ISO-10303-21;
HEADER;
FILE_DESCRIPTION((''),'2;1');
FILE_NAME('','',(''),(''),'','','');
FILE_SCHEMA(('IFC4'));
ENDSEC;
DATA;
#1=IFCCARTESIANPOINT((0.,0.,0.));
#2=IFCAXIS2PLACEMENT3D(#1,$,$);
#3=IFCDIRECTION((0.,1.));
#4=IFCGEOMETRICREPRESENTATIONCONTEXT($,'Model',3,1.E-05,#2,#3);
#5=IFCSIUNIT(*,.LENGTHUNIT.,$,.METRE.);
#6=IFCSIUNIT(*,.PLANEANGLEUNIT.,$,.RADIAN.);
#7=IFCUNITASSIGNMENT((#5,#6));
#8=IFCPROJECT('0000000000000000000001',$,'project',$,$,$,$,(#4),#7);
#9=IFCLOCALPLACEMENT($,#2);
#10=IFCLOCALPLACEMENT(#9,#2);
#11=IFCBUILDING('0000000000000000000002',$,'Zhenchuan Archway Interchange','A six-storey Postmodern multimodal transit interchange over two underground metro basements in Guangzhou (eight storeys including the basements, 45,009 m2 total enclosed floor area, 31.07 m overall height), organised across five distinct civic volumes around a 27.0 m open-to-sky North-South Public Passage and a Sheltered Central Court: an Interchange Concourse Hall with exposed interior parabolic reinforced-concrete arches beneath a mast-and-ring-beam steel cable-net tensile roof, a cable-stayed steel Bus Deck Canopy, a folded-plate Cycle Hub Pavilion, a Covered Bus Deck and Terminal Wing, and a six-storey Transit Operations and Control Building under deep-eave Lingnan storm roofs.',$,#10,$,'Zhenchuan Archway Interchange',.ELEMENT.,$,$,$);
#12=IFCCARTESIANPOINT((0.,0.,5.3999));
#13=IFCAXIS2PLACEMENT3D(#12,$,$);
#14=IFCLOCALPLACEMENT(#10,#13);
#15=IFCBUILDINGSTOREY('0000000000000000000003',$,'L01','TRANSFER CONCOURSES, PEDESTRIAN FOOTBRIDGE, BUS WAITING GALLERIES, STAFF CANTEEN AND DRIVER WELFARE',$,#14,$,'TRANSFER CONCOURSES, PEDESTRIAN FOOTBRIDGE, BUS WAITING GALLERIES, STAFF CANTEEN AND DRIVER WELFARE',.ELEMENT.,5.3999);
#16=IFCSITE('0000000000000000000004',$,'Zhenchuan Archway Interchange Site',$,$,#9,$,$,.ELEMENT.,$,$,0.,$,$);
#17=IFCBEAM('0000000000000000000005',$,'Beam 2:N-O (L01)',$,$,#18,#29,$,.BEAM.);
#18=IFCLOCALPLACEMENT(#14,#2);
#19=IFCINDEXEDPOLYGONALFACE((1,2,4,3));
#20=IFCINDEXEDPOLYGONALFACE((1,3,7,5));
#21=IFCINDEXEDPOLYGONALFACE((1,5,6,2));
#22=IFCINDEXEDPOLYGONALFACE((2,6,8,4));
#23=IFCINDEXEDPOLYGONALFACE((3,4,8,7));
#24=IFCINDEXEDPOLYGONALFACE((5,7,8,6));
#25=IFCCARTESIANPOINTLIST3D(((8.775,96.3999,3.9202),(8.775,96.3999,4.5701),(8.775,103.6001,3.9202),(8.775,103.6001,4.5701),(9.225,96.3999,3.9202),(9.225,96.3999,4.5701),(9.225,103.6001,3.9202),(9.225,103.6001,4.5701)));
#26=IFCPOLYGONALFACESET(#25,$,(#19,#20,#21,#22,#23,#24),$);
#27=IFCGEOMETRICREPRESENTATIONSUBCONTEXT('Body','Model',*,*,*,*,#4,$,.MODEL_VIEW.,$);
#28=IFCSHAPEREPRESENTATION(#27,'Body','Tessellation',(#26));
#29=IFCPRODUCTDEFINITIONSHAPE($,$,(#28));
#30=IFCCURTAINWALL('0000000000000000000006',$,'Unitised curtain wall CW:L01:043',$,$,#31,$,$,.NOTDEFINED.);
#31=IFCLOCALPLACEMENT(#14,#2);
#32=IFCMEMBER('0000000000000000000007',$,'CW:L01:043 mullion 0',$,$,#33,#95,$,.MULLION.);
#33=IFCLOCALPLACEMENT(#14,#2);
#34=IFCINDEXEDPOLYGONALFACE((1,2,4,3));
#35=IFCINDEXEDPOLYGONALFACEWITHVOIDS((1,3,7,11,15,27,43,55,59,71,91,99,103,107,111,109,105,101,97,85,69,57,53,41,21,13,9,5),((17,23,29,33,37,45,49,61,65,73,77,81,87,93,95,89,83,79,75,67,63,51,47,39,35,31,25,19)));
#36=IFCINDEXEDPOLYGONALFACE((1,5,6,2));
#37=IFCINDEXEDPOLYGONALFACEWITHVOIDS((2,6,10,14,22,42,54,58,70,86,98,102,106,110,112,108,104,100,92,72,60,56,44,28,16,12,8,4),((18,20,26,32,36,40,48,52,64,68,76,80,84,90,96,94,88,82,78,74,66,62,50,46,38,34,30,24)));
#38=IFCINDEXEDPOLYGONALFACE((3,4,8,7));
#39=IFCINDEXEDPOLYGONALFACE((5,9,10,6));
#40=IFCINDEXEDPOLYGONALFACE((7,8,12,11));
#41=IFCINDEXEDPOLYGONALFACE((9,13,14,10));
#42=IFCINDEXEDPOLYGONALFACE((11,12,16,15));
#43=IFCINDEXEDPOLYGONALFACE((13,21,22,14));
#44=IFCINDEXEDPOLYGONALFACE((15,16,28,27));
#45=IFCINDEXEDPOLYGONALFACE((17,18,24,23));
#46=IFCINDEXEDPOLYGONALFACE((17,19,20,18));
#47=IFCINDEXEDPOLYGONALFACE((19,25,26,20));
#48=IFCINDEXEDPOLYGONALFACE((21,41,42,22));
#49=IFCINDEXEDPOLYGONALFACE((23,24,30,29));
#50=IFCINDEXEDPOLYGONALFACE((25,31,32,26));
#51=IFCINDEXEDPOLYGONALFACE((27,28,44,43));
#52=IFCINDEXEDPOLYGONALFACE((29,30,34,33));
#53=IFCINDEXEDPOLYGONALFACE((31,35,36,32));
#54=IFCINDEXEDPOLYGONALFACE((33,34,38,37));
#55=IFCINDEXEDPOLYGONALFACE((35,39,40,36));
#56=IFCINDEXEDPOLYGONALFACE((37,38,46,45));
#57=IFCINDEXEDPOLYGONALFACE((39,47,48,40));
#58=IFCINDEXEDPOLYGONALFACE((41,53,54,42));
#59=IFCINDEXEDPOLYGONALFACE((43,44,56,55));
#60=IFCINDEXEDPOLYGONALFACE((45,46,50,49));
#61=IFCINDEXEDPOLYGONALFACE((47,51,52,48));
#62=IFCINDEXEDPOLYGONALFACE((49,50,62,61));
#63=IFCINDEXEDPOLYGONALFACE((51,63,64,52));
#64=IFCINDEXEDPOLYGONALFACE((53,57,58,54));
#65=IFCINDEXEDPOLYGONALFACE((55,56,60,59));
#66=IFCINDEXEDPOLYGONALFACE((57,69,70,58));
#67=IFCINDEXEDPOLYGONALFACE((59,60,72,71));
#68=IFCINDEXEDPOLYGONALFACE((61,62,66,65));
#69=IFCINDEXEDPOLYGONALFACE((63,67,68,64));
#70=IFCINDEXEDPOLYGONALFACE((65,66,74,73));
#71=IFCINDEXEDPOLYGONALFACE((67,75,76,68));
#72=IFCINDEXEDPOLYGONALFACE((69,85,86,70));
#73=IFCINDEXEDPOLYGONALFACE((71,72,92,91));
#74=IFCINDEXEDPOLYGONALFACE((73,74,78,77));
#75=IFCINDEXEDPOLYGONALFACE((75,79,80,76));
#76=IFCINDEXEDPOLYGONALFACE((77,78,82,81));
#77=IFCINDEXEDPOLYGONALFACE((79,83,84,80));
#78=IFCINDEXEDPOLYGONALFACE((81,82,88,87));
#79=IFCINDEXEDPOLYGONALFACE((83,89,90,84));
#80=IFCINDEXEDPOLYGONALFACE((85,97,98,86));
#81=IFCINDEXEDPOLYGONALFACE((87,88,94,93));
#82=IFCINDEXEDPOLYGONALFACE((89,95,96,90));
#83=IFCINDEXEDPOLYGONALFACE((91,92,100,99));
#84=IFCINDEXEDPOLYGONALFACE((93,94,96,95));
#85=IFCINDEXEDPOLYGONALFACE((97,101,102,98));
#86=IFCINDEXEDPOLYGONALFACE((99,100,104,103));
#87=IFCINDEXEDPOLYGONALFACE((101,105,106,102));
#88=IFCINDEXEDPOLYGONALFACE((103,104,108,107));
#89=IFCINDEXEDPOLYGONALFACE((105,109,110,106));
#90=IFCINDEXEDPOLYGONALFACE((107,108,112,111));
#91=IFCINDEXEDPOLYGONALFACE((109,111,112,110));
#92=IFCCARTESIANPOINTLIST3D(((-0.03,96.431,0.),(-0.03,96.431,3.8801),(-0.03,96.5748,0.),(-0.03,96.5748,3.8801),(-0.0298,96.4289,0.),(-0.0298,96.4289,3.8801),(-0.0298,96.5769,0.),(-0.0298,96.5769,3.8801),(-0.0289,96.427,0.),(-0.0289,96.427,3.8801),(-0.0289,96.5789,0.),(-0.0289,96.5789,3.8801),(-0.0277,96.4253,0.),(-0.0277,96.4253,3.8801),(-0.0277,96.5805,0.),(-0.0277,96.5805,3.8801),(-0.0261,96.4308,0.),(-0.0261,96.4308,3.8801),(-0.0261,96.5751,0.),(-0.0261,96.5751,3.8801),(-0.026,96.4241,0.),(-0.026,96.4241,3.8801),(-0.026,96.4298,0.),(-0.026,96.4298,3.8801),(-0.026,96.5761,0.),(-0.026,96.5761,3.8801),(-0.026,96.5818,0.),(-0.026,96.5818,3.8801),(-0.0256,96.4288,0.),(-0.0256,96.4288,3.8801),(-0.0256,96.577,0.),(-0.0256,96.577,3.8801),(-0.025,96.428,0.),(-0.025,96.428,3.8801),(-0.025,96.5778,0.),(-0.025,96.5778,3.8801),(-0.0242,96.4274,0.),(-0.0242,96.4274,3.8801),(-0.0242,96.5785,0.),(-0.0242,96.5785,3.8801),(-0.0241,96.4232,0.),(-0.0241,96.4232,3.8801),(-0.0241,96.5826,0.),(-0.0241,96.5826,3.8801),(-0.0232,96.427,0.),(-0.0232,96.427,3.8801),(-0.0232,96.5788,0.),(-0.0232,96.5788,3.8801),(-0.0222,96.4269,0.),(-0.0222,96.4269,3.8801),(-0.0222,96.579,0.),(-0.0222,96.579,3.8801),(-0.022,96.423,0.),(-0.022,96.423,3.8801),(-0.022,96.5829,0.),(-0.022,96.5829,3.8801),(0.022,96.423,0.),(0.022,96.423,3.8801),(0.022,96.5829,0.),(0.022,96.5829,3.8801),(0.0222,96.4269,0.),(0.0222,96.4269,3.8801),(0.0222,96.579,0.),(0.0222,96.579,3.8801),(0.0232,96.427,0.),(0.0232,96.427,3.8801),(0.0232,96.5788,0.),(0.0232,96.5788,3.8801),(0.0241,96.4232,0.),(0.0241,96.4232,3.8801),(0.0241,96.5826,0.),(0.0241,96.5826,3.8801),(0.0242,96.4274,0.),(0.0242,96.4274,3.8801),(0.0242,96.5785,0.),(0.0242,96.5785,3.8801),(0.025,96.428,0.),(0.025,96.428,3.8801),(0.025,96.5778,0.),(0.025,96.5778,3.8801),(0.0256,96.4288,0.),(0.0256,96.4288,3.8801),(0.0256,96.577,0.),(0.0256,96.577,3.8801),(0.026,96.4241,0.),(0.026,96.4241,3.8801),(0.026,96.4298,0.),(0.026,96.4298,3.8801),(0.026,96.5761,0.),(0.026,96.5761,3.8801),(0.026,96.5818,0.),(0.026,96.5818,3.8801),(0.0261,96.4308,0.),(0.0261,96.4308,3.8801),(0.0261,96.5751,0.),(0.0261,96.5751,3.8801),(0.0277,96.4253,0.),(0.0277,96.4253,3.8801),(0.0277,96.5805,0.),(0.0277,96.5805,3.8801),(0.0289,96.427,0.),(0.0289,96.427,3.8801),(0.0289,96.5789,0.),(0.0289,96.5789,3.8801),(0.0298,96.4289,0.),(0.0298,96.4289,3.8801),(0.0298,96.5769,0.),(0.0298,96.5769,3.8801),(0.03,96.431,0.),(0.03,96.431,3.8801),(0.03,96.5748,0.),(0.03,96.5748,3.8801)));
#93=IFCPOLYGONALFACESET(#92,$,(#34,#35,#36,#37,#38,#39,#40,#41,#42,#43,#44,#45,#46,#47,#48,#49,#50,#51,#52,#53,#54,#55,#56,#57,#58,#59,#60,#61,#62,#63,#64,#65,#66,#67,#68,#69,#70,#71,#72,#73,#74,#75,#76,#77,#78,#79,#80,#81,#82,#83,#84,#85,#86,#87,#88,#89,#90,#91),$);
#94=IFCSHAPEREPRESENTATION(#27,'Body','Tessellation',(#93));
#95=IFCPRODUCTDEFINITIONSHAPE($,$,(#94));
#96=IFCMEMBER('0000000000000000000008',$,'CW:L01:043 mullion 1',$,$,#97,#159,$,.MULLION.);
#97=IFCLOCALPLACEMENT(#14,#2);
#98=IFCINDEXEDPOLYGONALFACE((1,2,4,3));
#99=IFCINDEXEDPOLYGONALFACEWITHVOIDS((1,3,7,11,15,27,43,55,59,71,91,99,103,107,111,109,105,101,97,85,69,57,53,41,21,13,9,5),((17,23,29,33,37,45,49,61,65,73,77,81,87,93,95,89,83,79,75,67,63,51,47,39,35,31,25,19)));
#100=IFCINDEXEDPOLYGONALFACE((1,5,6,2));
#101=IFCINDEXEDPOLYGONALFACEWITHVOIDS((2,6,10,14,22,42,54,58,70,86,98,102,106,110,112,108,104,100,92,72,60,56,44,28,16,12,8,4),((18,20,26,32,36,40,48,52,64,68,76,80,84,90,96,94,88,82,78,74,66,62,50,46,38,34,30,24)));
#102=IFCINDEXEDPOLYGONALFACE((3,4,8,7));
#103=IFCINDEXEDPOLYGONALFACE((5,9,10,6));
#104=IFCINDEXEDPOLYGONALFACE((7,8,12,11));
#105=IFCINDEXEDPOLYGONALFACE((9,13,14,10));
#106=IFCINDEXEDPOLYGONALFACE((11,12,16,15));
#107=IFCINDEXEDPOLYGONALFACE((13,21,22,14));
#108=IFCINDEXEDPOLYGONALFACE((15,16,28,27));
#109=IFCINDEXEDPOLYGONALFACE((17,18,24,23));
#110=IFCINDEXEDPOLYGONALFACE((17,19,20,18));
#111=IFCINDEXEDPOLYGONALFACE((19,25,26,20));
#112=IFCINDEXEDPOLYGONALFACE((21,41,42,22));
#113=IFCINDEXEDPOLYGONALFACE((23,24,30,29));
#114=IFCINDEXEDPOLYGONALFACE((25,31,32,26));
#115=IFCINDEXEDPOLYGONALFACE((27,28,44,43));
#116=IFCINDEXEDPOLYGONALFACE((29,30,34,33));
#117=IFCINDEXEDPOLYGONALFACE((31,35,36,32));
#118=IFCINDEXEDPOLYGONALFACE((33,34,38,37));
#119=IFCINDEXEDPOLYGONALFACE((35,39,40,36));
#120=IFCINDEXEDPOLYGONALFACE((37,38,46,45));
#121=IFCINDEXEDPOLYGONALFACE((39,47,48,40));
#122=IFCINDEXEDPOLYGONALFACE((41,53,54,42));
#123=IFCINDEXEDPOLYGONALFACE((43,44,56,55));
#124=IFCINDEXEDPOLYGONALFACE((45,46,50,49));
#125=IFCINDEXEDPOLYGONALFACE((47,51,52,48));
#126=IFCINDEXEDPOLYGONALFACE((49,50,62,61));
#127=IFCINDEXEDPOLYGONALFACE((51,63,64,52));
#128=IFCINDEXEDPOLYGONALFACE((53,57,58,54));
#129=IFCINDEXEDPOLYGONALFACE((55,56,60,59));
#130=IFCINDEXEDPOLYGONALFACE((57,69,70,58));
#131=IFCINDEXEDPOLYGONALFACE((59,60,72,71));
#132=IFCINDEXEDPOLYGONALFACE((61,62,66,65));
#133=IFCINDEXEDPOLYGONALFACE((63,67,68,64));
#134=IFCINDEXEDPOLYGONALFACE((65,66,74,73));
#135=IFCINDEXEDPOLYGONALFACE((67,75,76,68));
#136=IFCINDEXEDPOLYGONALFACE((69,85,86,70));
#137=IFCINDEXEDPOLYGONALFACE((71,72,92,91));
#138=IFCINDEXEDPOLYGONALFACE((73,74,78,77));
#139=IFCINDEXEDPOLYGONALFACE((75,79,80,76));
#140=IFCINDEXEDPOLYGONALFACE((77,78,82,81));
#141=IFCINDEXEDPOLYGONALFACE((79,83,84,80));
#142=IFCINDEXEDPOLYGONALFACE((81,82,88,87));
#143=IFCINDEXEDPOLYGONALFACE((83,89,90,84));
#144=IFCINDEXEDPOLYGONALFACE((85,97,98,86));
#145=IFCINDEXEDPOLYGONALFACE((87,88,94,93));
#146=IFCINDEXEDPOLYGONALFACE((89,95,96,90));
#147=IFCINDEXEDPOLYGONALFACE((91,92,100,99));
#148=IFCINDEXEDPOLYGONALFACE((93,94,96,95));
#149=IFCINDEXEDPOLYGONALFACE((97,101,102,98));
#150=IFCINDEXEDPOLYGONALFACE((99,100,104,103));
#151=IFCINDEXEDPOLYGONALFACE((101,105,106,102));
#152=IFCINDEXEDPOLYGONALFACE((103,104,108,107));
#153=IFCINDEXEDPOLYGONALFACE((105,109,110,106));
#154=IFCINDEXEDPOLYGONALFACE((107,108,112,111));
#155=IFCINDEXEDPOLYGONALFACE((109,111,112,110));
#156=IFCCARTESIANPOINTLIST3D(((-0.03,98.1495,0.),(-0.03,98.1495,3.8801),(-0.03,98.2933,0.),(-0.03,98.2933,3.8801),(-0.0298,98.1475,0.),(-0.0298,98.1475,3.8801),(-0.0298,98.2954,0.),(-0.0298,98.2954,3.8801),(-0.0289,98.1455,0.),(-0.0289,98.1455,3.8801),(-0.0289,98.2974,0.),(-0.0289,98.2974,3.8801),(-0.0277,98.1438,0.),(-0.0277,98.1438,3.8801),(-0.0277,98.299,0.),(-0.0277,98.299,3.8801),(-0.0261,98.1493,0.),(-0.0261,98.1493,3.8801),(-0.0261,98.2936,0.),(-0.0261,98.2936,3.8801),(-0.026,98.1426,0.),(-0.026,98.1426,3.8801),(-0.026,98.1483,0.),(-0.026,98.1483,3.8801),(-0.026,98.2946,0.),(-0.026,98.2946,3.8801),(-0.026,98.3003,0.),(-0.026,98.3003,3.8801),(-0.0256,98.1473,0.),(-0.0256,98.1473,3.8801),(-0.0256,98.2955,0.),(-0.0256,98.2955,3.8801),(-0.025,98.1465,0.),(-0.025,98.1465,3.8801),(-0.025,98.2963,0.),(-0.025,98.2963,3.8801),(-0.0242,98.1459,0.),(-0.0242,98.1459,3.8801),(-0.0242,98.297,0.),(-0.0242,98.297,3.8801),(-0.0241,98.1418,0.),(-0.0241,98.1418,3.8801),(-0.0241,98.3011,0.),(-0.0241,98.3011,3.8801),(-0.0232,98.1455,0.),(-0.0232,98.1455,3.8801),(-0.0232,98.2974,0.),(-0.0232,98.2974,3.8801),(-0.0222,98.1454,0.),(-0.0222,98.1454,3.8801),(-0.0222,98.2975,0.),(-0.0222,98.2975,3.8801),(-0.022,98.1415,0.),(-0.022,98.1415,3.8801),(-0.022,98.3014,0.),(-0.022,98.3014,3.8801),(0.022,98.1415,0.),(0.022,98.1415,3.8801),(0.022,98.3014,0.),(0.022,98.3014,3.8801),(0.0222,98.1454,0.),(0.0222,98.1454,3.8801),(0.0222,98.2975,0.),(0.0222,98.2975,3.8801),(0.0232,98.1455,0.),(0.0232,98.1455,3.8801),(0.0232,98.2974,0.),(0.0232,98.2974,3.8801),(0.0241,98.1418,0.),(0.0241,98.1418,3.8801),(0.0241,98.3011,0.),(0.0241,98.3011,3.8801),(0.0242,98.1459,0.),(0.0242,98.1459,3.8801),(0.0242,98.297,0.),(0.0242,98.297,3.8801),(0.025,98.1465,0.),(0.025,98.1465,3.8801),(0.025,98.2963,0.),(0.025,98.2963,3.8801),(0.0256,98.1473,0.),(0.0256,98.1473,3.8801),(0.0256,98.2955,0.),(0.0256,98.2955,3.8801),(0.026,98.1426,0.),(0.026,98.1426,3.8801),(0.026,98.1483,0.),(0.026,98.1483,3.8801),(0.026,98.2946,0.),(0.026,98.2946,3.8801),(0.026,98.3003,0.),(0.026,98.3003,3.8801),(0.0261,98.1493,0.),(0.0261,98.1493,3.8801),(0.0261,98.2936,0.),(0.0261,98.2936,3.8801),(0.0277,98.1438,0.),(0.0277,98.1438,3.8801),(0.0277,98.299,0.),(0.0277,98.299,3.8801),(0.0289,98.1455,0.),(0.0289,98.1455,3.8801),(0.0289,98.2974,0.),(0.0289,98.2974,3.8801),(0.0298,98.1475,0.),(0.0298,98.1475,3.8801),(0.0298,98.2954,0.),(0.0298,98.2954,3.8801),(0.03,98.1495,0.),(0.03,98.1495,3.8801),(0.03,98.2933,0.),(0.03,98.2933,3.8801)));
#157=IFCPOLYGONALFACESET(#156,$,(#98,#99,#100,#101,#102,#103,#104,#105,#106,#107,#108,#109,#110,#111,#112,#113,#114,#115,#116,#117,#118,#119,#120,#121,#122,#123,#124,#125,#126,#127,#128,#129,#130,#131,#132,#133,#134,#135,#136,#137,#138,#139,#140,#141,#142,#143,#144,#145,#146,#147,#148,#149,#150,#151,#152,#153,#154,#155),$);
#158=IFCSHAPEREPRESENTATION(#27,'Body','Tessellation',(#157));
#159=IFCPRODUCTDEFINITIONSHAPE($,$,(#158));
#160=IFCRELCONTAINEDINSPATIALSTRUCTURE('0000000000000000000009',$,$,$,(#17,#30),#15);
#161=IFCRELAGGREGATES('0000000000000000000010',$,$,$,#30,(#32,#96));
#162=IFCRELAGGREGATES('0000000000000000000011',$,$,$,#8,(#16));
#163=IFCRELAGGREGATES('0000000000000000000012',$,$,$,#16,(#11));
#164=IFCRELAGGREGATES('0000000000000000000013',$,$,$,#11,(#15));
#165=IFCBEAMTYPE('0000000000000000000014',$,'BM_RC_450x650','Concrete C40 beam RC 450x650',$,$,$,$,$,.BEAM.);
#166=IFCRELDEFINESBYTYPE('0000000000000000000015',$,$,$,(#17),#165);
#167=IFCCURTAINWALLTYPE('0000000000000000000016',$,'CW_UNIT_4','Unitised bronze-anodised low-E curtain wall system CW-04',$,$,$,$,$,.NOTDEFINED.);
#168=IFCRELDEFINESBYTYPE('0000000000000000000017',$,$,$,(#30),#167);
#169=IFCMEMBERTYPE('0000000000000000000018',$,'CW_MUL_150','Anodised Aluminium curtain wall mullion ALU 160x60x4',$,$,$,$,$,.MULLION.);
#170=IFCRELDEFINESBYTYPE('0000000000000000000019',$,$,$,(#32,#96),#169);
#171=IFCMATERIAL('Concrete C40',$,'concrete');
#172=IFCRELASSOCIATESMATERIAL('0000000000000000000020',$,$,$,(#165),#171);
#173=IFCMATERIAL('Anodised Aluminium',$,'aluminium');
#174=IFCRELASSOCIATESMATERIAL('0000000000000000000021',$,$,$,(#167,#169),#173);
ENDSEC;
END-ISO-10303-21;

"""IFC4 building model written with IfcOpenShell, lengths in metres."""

from ifc_helpers import new_model, si_unit, direction, frame, origin, origin_2d, place, context, subcontext, project, spatial, rectangle, hollow_rectangle, extrude, material, material_profile, profile_set, type_object, element, aggregate, save


model = new_model("IFC4")

# Units and contexts
model_context = context("Model", 3, precision=1e-05, world=origin(), true_north=direction((0.0, 1.0)))
body_context = subcontext(model_context, "Body", "Model", "MODEL_VIEW")
ifc_project = project(units=[si_unit("LENGTHUNIT", "METRE"), si_unit("PLANEANGLEUNIT", "RADIAN")], contexts=[model_context])

# Site, building, storey
site_placement = place(None, origin())
site = spatial("IfcSite", under=ifc_project, at=site_placement, Name="Zhenchuan Archway Interchange Site", CompositionType="ELEMENT", RefElevation=0.0)
building_placement = place(site_placement, origin())
building = spatial("IfcBuilding", under=site, at=building_placement, Name="Zhenchuan Archway Interchange", Description="A six-storey Postmodern multimodal transit interchange over two underground metro basements in Guangzhou (eight storeys including the basements, 45,009 m2 total enclosed floor area, 31.07 m overall height), organised across five distinct civic volumes around a 27.0 m open-to-sky North-South Public Passage and a Sheltered Central Court: an Interchange Concourse Hall with exposed interior parabolic reinforced-concrete arches beneath a mast-and-ring-beam steel cable-net tensile roof, a cable-stayed steel Bus Deck Canopy, a folded-plate Cycle Hub Pavilion, a Covered Bus Deck and Terminal Wing, and a six-storey Transit Operations and Control Building under deep-eave Lingnan storm roofs.", LongName="Zhenchuan Archway Interchange", CompositionType="ELEMENT")
storey_placement = place(building_placement, frame((0.0, 0.0, 5.3999)))
storey = spatial("IfcBuildingStorey", under=building, at=storey_placement, Name="L01", Description="TRANSFER CONCOURSES, PEDESTRIAN FOOTBRIDGE, BUS WAITING GALLERIES, STAFF CANTEEN AND DRIVER WELFARE", LongName="TRANSFER CONCOURSES, PEDESTRIAN FOOTBRIDGE, BUS WAITING GALLERIES, STAFF CANTEEN AND DRIVER WELFARE", CompositionType="ELEMENT", Elevation=5.3999)

# Beam
ifc_material_1 = material(Name="Concrete C40", Category="concrete")
ifc_material_profile_1 = material_profile(ifc_material_1, rectangle(XDim=0.45, YDim=0.6499, at=origin_2d()), Name="RC 450x650")
ifc_profile_set_1 = profile_set([ifc_material_profile_1], Name="Concrete C40")
beam_type_1 = type_object("IfcBeamType", Name="BM_RC_450x650", Description="Concrete C40 beam RC 450x650", PredefinedType="BEAM", material=ifc_profile_set_1)
beam_1_placement = place(storey_placement, frame((9.0, 96.3999, 4.2451), z_axis=(0.0, 1.0, 0.0), x_axis=(-1.0, 0.0, 0.0)))
element("IfcBeam", 1, at=beam_1_placement, inside=storey, type_object=beam_type_1, Name="Beam 2:N-O (L01)", PredefinedType="BEAM", context=body_context, shape_type="SweptSolid", body=[
    extrude(rectangle(XDim=0.45, YDim=0.6499, at=origin_2d()), origin(), (0.0, 0.0, 1.0), 7.2002),
])

# Curtain wall, members
ifc_material_2 = material(Name="Anodised Aluminium", Category="aluminium")
curtain_wall_type = type_object("IfcCurtainWallType", Name="CW_UNIT_4", Description="Unitised bronze-anodised low-E curtain wall system CW-04", PredefinedType="NOTDEFINED", material=ifc_material_2)
curtain_wall_placement = place(storey_placement, origin())
curtain_wall = element("IfcCurtainWall", 2, at=curtain_wall_placement, inside=storey, type_object=curtain_wall_type, Name="Unitised curtain wall CW:L01:043", PredefinedType="NOTDEFINED")
ifc_material_profile_2 = material_profile(ifc_material_2, hollow_rectangle(XDim=0.0601, YDim=0.1599, WallThickness=0.0039, InnerFilletRadius=0.0039, OuterFilletRadius=0.0081, at=origin_2d()), Name="ALU 160x60x4")
ifc_profile_set_2 = profile_set([ifc_material_profile_2], Name="Anodised Aluminium")
member_type_1 = type_object("IfcMemberType", Name="CW_MUL_150", Description="Anodised Aluminium curtain wall mullion ALU 160x60x4", PredefinedType="MULLION", material=ifc_profile_set_2)
member_1_placement = place(storey_placement, frame((0.0, 96.5029, 0.0), z_axis=(0.0, 0.0, 1.0), x_axis=(1.0, 0.0, 0.0)))
member_1 = element("IfcMember", 3, at=member_1_placement, type_object=member_type_1, Name="CW:L01:043 mullion 0", PredefinedType="MULLION", context=body_context, shape_type="SweptSolid", body=[
    extrude(hollow_rectangle(XDim=0.0601, YDim=0.1599, WallThickness=0.0039, InnerFilletRadius=0.0039, OuterFilletRadius=0.0081, at=origin_2d()), origin(), (0.0, 0.0, 1.0), 3.8801),
])
member_2_placement = place(storey_placement, frame((0.0, 98.2214, 0.0), z_axis=(0.0, 0.0, 1.0), x_axis=(1.0, 0.0, 0.0)))
member_2 = element("IfcMember", 4, at=member_2_placement, type_object=member_type_1, Name="CW:L01:043 mullion 1", PredefinedType="MULLION", context=body_context, shape_type="SweptSolid", body=[
    extrude(hollow_rectangle(XDim=0.0601, YDim=0.1599, WallThickness=0.0039, InnerFilletRadius=0.0039, OuterFilletRadius=0.0081, at=origin_2d()), origin(), (0.0, 0.0, 1.0), 3.8801),
])

aggregate(curtain_wall, [member_1, member_2])

save(model, "model.ifc")
